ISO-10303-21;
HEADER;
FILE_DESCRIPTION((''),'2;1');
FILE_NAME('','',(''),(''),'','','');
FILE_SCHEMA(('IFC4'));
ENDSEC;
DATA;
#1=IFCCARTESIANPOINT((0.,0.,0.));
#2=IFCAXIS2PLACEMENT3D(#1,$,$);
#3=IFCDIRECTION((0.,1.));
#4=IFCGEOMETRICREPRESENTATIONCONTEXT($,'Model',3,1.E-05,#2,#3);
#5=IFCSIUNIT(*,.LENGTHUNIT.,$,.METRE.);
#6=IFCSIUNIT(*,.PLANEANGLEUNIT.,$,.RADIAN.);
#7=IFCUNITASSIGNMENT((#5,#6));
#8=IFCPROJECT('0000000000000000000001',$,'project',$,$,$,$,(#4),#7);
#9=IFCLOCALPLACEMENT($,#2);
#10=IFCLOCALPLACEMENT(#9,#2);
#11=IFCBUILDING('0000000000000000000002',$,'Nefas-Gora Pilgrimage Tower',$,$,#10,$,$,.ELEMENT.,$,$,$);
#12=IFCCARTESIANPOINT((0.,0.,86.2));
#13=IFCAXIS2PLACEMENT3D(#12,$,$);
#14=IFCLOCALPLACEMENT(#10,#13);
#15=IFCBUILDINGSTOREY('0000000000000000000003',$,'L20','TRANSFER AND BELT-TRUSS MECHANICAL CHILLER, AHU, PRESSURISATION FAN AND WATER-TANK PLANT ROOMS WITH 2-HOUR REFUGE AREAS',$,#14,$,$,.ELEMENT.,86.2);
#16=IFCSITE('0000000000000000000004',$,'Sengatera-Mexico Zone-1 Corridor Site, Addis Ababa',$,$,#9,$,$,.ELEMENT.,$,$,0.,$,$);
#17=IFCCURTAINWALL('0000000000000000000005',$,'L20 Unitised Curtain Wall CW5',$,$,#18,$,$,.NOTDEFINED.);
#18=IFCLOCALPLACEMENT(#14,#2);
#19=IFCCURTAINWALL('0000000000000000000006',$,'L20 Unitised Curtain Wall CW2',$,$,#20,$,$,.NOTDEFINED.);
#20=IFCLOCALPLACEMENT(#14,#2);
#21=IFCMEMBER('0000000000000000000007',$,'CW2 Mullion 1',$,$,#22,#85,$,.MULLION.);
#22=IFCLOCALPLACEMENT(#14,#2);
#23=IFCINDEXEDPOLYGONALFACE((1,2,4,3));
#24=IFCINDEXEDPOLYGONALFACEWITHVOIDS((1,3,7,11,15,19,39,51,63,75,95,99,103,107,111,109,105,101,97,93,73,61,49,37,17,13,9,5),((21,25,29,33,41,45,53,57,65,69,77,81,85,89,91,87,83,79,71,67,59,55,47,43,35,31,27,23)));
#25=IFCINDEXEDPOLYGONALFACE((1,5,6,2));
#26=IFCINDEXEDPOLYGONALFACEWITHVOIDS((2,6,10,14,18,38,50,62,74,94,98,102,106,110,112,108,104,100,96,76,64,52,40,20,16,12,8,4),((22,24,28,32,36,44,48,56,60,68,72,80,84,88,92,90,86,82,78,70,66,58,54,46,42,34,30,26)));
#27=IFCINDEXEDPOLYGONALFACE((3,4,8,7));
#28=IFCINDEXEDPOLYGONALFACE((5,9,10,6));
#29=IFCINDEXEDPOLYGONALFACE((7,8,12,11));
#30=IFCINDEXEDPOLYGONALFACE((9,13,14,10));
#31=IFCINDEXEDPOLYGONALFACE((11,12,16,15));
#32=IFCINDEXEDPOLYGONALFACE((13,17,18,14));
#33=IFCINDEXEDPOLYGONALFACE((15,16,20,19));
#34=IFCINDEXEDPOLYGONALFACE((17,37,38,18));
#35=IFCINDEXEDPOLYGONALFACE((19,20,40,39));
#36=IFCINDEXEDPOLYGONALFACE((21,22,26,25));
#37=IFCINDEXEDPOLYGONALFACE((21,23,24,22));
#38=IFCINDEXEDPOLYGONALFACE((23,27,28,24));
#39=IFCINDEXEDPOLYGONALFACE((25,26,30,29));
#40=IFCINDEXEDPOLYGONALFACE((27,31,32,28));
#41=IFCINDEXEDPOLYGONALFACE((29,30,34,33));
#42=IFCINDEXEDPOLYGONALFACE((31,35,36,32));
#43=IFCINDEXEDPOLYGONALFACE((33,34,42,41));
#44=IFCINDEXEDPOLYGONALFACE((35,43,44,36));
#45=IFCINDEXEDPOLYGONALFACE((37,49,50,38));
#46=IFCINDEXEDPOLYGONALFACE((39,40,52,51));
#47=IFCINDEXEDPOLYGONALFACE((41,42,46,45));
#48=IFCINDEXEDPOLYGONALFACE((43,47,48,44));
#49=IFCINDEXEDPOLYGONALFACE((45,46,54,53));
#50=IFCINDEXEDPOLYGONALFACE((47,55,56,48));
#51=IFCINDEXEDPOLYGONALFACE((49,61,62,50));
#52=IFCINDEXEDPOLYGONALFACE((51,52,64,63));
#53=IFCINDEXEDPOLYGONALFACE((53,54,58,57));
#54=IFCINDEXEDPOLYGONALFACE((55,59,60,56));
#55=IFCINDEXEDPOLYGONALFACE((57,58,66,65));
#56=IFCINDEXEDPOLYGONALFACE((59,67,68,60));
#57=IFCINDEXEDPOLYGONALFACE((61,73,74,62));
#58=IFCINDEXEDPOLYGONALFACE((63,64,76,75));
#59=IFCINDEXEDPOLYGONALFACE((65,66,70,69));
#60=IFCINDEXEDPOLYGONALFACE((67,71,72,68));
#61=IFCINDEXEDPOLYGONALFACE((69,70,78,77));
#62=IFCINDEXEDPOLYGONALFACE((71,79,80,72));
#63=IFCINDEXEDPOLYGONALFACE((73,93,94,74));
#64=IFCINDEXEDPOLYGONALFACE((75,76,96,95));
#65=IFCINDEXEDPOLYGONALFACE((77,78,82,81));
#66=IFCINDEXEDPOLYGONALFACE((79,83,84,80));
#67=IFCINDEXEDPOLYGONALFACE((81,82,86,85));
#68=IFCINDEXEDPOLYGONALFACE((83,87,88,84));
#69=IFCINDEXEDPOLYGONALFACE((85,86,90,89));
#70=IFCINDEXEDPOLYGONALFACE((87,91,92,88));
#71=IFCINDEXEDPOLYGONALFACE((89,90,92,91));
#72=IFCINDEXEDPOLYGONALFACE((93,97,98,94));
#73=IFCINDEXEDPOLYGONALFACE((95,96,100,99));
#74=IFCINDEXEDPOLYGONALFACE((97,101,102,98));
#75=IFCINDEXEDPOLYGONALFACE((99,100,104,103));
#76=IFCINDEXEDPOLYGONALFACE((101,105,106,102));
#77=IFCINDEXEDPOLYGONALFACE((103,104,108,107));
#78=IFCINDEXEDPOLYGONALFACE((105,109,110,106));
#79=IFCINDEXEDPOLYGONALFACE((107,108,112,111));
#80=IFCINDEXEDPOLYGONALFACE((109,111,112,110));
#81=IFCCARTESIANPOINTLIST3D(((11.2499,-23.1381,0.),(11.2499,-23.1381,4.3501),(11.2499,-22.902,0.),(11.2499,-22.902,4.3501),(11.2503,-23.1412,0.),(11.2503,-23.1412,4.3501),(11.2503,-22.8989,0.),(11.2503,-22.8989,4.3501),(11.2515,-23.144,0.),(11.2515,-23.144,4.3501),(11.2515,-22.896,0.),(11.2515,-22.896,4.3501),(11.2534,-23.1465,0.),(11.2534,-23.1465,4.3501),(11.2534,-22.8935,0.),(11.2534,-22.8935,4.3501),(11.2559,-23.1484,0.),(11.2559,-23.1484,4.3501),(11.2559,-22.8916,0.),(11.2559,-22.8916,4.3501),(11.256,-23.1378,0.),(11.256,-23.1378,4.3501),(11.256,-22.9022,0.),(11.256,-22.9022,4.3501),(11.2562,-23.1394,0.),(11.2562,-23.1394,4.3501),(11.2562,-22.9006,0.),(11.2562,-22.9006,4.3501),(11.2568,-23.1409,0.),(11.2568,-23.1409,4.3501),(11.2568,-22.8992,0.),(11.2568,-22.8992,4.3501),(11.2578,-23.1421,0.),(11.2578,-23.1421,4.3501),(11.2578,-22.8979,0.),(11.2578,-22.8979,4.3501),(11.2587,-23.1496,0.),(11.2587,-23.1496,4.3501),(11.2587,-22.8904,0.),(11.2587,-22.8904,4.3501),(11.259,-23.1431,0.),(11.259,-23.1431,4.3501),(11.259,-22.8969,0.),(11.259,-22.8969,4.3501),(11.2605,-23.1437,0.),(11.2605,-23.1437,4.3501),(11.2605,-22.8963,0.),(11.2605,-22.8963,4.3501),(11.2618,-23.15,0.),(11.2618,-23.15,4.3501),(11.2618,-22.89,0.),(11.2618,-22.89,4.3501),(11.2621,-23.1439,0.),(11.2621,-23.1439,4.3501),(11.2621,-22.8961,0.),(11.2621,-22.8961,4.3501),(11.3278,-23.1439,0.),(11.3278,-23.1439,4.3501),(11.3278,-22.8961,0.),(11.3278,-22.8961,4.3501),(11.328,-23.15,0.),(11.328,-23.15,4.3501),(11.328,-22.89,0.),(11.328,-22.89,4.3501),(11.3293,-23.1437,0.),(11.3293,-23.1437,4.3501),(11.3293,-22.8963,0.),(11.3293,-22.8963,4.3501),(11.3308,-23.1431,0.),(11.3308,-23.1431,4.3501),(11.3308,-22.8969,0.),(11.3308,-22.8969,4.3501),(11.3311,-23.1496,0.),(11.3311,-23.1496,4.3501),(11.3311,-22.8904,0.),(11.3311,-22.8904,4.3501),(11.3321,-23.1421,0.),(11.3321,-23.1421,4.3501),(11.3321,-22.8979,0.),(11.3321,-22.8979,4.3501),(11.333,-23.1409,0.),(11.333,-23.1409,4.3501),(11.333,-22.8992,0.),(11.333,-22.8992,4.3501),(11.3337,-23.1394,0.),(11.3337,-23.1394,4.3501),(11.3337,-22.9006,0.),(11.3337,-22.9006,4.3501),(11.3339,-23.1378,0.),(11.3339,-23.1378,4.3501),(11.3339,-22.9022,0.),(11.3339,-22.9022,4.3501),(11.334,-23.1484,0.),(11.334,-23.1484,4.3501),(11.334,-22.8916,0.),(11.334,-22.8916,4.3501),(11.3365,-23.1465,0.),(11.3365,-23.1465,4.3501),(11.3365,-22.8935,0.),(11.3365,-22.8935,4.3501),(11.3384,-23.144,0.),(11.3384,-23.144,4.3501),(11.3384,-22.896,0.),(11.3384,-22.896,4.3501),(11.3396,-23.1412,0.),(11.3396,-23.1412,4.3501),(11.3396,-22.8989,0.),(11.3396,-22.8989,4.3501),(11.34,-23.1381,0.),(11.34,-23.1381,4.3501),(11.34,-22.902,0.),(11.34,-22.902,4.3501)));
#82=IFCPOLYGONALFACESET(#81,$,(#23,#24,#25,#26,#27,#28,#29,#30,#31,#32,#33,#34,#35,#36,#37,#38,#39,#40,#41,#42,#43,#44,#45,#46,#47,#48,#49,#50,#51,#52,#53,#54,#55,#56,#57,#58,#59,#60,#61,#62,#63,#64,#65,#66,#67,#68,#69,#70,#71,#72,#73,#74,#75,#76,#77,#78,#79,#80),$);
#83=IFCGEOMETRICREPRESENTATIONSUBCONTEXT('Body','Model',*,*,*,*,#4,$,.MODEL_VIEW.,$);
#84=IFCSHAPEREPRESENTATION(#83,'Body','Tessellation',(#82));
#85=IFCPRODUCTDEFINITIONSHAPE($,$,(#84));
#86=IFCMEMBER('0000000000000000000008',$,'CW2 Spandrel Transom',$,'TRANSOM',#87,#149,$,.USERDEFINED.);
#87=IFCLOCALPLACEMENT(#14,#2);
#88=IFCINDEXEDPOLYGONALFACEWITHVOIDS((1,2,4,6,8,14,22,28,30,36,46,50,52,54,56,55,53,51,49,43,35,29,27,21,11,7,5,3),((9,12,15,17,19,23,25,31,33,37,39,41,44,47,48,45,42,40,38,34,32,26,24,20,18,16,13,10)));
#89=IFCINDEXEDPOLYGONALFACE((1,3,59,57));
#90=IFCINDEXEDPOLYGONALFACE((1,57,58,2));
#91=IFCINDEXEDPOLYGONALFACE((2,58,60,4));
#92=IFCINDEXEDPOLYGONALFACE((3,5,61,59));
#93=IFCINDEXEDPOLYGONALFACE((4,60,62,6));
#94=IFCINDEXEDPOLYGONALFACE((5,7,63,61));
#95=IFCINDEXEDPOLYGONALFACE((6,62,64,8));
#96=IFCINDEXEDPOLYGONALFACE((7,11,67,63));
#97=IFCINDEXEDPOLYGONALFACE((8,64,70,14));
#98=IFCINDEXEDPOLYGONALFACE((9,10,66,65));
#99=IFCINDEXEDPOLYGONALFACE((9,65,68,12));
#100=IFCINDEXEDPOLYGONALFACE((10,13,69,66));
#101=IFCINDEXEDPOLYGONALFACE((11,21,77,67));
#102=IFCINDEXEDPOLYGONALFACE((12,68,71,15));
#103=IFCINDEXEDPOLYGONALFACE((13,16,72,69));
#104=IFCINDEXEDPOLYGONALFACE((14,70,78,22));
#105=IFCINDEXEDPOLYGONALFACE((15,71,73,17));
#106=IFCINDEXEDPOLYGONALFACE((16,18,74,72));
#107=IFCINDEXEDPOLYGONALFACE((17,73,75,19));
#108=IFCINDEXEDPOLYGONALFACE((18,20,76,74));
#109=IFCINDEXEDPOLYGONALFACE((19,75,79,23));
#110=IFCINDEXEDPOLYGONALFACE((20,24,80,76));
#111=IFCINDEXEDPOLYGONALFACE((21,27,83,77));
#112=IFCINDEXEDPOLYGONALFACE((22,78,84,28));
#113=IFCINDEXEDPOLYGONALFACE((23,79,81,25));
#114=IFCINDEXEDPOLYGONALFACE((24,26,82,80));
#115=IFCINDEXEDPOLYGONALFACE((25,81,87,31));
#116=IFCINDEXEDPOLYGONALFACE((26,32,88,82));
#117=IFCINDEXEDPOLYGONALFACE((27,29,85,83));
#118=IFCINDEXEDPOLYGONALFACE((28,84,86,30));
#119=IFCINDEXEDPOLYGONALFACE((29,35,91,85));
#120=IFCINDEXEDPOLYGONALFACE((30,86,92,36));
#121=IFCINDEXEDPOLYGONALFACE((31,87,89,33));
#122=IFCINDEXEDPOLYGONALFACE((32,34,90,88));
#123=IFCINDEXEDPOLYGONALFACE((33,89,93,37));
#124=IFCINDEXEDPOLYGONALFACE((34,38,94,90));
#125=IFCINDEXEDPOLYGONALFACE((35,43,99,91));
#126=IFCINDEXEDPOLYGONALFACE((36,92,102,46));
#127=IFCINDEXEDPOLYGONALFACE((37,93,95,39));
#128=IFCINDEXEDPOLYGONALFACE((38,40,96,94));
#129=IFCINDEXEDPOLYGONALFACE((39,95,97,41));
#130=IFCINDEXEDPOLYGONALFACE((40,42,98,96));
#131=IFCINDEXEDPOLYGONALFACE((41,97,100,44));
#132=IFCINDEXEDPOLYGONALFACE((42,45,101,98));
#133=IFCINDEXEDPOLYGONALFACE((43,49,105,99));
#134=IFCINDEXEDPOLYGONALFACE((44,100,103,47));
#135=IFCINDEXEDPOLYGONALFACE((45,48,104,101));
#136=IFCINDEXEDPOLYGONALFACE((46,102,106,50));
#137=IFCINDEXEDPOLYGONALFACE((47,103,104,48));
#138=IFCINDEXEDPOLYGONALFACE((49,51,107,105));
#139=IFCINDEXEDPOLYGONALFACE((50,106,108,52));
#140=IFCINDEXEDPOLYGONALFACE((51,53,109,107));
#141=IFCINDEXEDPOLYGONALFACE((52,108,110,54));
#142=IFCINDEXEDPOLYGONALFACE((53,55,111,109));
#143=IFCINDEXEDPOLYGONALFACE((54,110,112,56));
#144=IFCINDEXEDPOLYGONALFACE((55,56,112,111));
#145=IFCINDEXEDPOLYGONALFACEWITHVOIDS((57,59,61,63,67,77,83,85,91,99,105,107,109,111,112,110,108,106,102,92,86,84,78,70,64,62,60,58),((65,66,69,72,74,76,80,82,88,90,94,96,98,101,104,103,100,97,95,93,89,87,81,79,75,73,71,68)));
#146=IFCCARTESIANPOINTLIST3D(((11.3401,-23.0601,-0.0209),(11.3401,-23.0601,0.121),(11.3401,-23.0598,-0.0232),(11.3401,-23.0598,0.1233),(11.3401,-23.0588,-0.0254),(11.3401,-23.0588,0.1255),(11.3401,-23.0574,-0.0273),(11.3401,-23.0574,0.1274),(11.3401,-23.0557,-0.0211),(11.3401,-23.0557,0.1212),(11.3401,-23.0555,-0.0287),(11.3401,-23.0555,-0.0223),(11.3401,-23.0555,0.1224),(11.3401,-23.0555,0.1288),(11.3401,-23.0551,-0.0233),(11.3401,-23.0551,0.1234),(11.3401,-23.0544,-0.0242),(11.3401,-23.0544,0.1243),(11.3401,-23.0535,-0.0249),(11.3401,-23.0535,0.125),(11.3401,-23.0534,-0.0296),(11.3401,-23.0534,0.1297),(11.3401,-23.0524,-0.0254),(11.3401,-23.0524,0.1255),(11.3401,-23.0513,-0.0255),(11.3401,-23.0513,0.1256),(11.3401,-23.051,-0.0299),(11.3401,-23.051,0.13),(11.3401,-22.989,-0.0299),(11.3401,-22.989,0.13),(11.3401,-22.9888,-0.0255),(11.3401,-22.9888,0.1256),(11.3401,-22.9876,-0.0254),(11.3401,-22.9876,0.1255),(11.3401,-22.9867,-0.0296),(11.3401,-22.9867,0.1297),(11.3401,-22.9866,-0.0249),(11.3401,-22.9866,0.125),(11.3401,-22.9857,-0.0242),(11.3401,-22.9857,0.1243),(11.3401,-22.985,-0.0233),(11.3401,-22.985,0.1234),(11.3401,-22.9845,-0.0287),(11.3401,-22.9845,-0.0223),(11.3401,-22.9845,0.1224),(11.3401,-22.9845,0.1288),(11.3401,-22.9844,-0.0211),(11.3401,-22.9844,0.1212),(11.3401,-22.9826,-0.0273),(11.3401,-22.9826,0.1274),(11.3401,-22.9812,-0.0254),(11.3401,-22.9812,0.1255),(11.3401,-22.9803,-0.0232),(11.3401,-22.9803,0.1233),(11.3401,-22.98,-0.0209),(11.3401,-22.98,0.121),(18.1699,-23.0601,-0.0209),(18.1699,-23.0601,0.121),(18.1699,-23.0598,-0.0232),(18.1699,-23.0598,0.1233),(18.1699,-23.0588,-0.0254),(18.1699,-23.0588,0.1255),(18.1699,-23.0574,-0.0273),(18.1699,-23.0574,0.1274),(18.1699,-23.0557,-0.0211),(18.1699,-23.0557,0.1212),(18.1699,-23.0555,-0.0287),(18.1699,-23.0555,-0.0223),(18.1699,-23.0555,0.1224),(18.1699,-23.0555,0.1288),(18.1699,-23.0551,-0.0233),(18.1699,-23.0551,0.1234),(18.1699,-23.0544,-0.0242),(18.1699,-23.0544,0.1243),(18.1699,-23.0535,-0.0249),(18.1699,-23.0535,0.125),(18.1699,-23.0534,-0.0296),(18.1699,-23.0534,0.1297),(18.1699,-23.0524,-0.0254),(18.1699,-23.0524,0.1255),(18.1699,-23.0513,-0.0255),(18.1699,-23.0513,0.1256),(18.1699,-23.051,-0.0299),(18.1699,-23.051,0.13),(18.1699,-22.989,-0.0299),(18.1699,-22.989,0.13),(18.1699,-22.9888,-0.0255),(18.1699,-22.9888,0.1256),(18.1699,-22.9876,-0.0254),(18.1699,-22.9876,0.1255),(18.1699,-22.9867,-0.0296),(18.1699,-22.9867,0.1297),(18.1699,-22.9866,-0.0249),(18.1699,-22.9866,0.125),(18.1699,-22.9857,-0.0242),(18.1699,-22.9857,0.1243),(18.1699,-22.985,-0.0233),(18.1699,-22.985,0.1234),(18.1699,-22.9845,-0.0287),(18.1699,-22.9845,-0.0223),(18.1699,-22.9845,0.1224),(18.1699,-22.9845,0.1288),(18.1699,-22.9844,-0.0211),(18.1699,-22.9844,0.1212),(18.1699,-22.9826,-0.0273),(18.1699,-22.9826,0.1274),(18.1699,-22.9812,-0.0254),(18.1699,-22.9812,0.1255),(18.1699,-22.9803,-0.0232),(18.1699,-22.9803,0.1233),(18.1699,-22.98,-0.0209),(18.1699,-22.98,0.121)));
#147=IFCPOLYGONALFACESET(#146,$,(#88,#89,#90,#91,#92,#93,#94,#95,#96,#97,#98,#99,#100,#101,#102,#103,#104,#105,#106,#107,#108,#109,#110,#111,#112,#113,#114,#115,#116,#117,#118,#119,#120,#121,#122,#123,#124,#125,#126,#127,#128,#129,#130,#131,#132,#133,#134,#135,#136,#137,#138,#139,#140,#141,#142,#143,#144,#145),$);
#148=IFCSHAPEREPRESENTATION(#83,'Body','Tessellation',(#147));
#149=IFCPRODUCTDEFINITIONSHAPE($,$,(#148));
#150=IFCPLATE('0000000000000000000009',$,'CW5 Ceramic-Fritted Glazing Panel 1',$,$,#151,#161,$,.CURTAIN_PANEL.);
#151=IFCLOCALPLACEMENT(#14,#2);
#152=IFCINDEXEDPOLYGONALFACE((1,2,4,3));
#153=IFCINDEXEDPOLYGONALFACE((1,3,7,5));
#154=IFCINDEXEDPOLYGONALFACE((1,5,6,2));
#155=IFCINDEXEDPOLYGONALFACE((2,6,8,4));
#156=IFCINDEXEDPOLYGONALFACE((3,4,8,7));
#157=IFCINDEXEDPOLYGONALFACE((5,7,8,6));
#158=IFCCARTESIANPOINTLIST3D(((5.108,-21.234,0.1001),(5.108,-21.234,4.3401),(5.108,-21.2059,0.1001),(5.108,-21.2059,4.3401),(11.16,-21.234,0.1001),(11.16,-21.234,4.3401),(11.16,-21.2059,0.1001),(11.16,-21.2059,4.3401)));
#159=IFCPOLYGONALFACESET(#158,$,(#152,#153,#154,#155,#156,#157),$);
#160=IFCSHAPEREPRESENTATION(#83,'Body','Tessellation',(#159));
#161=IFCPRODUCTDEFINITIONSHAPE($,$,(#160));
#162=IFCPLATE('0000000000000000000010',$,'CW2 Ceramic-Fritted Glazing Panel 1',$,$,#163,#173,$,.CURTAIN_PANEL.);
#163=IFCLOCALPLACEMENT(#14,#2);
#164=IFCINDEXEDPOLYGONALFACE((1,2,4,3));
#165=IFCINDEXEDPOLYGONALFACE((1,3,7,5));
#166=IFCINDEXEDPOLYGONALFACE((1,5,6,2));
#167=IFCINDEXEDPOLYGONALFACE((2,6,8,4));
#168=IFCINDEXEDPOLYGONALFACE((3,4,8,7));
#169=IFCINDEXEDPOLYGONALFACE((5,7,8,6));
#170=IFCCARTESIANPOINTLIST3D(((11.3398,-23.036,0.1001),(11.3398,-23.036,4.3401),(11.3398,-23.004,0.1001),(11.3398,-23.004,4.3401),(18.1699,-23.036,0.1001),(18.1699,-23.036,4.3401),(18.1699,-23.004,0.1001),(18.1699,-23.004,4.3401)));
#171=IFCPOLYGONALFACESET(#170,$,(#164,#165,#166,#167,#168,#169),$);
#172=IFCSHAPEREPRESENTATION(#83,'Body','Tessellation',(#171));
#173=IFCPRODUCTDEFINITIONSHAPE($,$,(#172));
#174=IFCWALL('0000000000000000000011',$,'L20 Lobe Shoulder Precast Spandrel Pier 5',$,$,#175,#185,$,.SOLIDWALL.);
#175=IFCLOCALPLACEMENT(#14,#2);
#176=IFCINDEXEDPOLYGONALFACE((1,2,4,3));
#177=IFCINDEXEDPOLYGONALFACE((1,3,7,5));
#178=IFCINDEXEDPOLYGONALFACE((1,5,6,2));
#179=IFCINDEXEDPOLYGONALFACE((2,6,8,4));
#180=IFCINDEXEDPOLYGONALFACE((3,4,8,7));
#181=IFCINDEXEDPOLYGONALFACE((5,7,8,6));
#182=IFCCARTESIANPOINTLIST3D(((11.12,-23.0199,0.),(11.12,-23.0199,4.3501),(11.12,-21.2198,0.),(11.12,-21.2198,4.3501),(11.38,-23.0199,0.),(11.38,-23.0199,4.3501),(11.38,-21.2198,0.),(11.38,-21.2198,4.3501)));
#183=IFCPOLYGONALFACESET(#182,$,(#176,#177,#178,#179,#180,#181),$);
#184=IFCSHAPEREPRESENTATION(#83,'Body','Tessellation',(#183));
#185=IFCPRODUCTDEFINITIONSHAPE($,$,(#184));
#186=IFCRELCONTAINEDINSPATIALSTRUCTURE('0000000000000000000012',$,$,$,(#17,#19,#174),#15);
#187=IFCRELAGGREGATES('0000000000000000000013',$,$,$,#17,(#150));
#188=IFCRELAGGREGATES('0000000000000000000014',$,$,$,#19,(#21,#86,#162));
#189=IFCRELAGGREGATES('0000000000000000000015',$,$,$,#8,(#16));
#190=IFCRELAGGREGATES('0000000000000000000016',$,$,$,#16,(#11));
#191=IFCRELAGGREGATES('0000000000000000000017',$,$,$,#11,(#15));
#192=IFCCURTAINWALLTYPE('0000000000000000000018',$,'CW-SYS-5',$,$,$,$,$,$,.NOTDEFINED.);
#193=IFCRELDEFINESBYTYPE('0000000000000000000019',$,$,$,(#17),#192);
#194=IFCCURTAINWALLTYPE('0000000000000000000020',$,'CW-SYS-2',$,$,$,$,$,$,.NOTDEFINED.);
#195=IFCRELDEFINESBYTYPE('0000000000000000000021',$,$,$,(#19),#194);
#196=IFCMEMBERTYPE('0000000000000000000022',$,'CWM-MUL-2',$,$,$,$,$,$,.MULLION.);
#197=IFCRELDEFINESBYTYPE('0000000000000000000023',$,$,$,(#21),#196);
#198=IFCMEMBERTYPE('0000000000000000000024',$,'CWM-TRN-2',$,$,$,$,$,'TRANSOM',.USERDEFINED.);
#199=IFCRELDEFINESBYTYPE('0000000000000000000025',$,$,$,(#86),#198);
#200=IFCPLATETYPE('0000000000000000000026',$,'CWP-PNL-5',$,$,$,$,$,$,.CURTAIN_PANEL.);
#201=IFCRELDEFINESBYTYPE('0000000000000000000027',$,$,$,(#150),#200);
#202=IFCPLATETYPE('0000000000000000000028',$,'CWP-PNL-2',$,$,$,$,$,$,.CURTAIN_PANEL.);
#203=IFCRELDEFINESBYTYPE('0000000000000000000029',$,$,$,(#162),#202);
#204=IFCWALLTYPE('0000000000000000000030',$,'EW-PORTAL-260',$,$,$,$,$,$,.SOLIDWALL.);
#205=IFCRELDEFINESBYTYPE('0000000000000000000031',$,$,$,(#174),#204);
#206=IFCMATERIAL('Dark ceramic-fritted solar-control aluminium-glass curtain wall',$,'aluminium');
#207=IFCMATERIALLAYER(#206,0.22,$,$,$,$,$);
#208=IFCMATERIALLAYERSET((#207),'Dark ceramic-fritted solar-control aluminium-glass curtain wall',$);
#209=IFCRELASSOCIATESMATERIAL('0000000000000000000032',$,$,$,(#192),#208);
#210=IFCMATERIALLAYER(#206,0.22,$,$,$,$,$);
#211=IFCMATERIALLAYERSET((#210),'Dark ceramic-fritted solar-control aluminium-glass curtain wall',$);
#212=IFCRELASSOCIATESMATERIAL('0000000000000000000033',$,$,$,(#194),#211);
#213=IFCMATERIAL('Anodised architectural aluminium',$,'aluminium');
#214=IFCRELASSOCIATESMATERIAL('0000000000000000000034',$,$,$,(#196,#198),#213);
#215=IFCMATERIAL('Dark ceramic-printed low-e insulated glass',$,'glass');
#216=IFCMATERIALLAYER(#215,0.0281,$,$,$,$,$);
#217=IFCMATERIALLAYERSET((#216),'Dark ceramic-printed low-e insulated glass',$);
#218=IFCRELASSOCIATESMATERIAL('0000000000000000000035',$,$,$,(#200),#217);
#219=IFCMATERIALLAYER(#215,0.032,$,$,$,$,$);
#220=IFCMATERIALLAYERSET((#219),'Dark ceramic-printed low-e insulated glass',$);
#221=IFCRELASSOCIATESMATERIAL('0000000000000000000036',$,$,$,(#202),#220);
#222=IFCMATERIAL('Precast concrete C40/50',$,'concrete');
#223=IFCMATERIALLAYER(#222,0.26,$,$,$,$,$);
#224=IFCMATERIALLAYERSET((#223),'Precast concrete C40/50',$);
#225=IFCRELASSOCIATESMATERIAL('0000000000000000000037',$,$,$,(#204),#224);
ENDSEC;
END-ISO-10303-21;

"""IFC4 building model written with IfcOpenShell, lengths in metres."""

from ifc_helpers import new_model, si_unit, direction, frame, frame_2d, origin, origin_2d, place, context, subcontext, project, spatial, rectangle, hollow_rectangle, extrude, source, transform, mapped, material, layer, layer_set, material_profile, profile_set, type_object, element, aggregate, save


model = new_model("IFC4")

# Units and contexts
model_context = context("Model", 3, precision=1e-05, world=origin(), true_north=direction((0.0, 1.0)))
body_context = subcontext(model_context, "Body", "Model", "MODEL_VIEW")
ifc_project = project(units=[si_unit("LENGTHUNIT", "METRE"), si_unit("PLANEANGLEUNIT", "RADIAN")], contexts=[model_context])

# Site, building, storey
site_placement = place(None, origin())
site = spatial("IfcSite", under=ifc_project, at=site_placement, Name="Sengatera-Mexico Zone-1 Corridor Site, Addis Ababa", CompositionType="ELEMENT", RefElevation=0.0)
building_placement = place(site_placement, origin())
building = spatial("IfcBuilding", under=site, at=building_placement, Name="Nefas-Gora Pilgrimage Tower", CompositionType="ELEMENT")
storey_placement = place(building_placement, frame((0.0, 0.0, 86.2)))
storey = spatial("IfcBuildingStorey", under=building, at=storey_placement, Name="L20", Description="TRANSFER AND BELT-TRUSS MECHANICAL CHILLER, AHU, PRESSURISATION FAN AND WATER-TANK PLANT ROOMS WITH 2-HOUR REFUGE AREAS", CompositionType="ELEMENT", Elevation=86.2)

# Curtain wall
ifc_material_1 = material(Name="Dark ceramic-fritted solar-control aluminium-glass curtain wall", Category="aluminium")
ifc_layer_1 = layer(ifc_material_1, 0.22)
ifc_layer_set_1 = layer_set([ifc_layer_1], Name="Dark ceramic-fritted solar-control aluminium-glass curtain wall")
curtain_wall_type_1 = type_object("IfcCurtainWallType", Name="CW-SYS-5", PredefinedType="NOTDEFINED", material=ifc_layer_set_1)
curtain_wall_1_placement = place(storey_placement, origin())
curtain_wall_1 = element("IfcCurtainWall", 1, at=curtain_wall_1_placement, inside=storey, type_object=curtain_wall_type_1, Name="L20 Unitised Curtain Wall CW5", PredefinedType="NOTDEFINED")
ifc_material_2 = material(Name="Anodised architectural aluminium", Category="aluminium")

# Curtain wall, members
ifc_layer_2 = layer(ifc_material_1, 0.22)
ifc_layer_set_2 = layer_set([ifc_layer_2], Name="Dark ceramic-fritted solar-control aluminium-glass curtain wall")
curtain_wall_type_2 = type_object("IfcCurtainWallType", Name="CW-SYS-2", PredefinedType="NOTDEFINED", material=ifc_layer_set_2)
curtain_wall_2_placement = place(storey_placement, origin())
curtain_wall_2 = element("IfcCurtainWall", 2, at=curtain_wall_2_placement, inside=storey, type_object=curtain_wall_type_2, Name="L20 Unitised Curtain Wall CW2", PredefinedType="NOTDEFINED")
ifc_material_profile_1 = material_profile(ifc_material_2, hollow_rectangle(XDim=0.0901, YDim=0.26, WallThickness=0.0061, InnerFilletRadius=0.0061, OuterFilletRadius=0.012, at=origin_2d()), Name="ALU MULLION 90x260")
ifc_profile_set_1 = profile_set([ifc_material_profile_1], Name="Anodised architectural aluminium")
member_type_1 = type_object("IfcMemberType", Name="CWM-MUL-2", PredefinedType="MULLION", material=ifc_profile_set_1)
shared_shape_1 = source(origin(), body_context, "Body", "SweptSolid", [
    extrude(hollow_rectangle(XDim=0.0901, YDim=0.26, WallThickness=0.0061, InnerFilletRadius=0.0061, OuterFilletRadius=0.012, at=origin_2d()), origin(), (0.0, 0.0, 1.0), 4.3501),
])
member_1_placement = place(storey_placement, frame((11.2949, -23.02, 0.0), z_axis=(0.0, 0.0, 1.0), x_axis=(1.0, 0.0, 0.0)))
member_1 = element("IfcMember", 3, at=member_1_placement, type_object=member_type_1, Name="CW2 Mullion 1", PredefinedType="MULLION", context=body_context, shape_type="MappedRepresentation", body=[
    mapped(shared_shape_1, transform((0.0, 0.0, 0.0), x_axis=(1.0, 0.0, 0.0), y_axis=(0.0, 1.0, 0.0), z_axis=(0.0, 0.0, 1.0), scale=1.0)),
])
ifc_material_profile_2 = material_profile(ifc_material_2, hollow_rectangle(XDim=0.0801, YDim=0.1599, WallThickness=0.0044, InnerFilletRadius=0.0044, OuterFilletRadius=0.009, at=origin_2d()), Name="ALU TRANSOM 80x160")
ifc_profile_set_2 = profile_set([ifc_material_profile_2], Name="Anodised architectural aluminium")
member_type_2 = type_object("IfcMemberType", Name="CWM-TRN-2", ElementType="TRANSOM", PredefinedType="USERDEFINED", material=ifc_profile_set_2)
shared_shape_2 = source(origin(), body_context, "Body", "SweptSolid", [
    extrude(hollow_rectangle(XDim=0.0801, YDim=0.1599, WallThickness=0.0044, InnerFilletRadius=0.0044, OuterFilletRadius=0.009, at=origin_2d()), origin(), (0.0, 0.0, 1.0), 6.8298),
])
member_2_placement = place(storey_placement, frame((11.3401, -23.02, 0.05), z_axis=(1.0, 0.0, 0.0), x_axis=(0.0, 1.0, 0.0)))
member_2 = element("IfcMember", 4, at=member_2_placement, type_object=member_type_2, Name="CW2 Spandrel Transom", ObjectType="TRANSOM", PredefinedType="USERDEFINED", context=body_context, shape_type="MappedRepresentation", body=[
    mapped(shared_shape_2, transform((0.0, 0.0, 0.0), x_axis=(1.0, 0.0, 0.0), y_axis=(0.0, 1.0, 0.0), z_axis=(0.0, 0.0, 1.0), scale=1.0)),
])

# Plates
ifc_material_3 = material(Name="Dark ceramic-printed low-e insulated glass", Category="glass")
ifc_layer_3 = layer(ifc_material_3, 0.0281)
ifc_layer_set_3 = layer_set([ifc_layer_3], Name="Dark ceramic-printed low-e insulated glass")
plate_type_1 = type_object("IfcPlateType", Name="CWP-PNL-5", PredefinedType="CURTAIN_PANEL", material=ifc_layer_set_3)
shared_shape_3 = source(origin(), body_context, "Body", "SweptSolid", [
    extrude(rectangle(XDim=6.052, YDim=0.0281, at=origin_2d()), origin(), (0.0, 0.0, 1.0), 4.24),
])
plate_1_placement = place(storey_placement, frame((8.134, -21.22, 0.1001), z_axis=(0.0, 0.0, 1.0), x_axis=(1.0, 0.0, 0.0)))
plate_1 = element("IfcPlate", 5, at=plate_1_placement, type_object=plate_type_1, Name="CW5 Ceramic-Fritted Glazing Panel 1", PredefinedType="CURTAIN_PANEL", context=body_context, shape_type="MappedRepresentation", body=[
    mapped(shared_shape_3, transform((0.0, 0.0, 0.0), x_axis=(1.0, 0.0, 0.0), y_axis=(0.0, 1.0, 0.0), z_axis=(0.0, 0.0, 1.0), scale=1.0)),
])
aggregate(curtain_wall_1, [plate_1])
ifc_layer_4 = layer(ifc_material_3, 0.032)
ifc_layer_set_4 = layer_set([ifc_layer_4], Name="Dark ceramic-printed low-e insulated glass")
plate_type_2 = type_object("IfcPlateType", Name="CWP-PNL-2", PredefinedType="CURTAIN_PANEL", material=ifc_layer_set_4)
shared_shape_4 = source(origin(), body_context, "Body", "SweptSolid", [
    extrude(rectangle(XDim=6.8301, YDim=0.032, at=origin_2d()), origin(), (0.0, 0.0, 1.0), 4.24),
])
plate_2_placement = place(storey_placement, frame((14.7549, -23.02, 0.1001), z_axis=(0.0, 0.0, 1.0), x_axis=(1.0, 0.0, 0.0)))
plate_2 = element("IfcPlate", 6, at=plate_2_placement, type_object=plate_type_2, Name="CW2 Ceramic-Fritted Glazing Panel 1", PredefinedType="CURTAIN_PANEL", context=body_context, shape_type="MappedRepresentation", body=[
    mapped(shared_shape_4, transform((0.0, 0.0, 0.0), x_axis=(1.0, 0.0, 0.0), y_axis=(0.0, 1.0, 0.0), z_axis=(0.0, 0.0, 1.0), scale=1.0)),
])
aggregate(curtain_wall_2, [member_1, member_2, plate_2])

# Wall
ifc_material_4 = material(Name="Precast concrete C40/50", Category="concrete")
ifc_layer_5 = layer(ifc_material_4, 0.26)
ifc_layer_set_5 = layer_set([ifc_layer_5], Name="Precast concrete C40/50")
wall_type_1 = type_object("IfcWallType", Name="EW-PORTAL-260", PredefinedType="SOLIDWALL", material=ifc_layer_set_5)
shared_shape_5 = source(origin(), body_context, "Body", "SweptSolid", [
    extrude(rectangle(XDim=1.8, YDim=0.26, at=frame_2d((0.8999, 0.0))), origin(), (0.0, 0.0, 1.0), 4.3501),
])
wall_1_placement = place(storey_placement, frame((11.25, -21.22, 0.0), z_axis=(0.0, 0.0, 1.0), x_axis=(0.0, -1.0, 0.0)))
element("IfcWall", 7, at=wall_1_placement, inside=storey, type_object=wall_type_1, Name="L20 Lobe Shoulder Precast Spandrel Pier 5", PredefinedType="SOLIDWALL", context=body_context, shape_type="MappedRepresentation", body=[
    mapped(shared_shape_5, transform((0.0, 0.0, 0.0), x_axis=(1.0, 0.0, 0.0), y_axis=(0.0, 1.0, 0.0), z_axis=(0.0, 0.0, 1.0), scale=1.0)),
])

save(model, "model.ifc")
